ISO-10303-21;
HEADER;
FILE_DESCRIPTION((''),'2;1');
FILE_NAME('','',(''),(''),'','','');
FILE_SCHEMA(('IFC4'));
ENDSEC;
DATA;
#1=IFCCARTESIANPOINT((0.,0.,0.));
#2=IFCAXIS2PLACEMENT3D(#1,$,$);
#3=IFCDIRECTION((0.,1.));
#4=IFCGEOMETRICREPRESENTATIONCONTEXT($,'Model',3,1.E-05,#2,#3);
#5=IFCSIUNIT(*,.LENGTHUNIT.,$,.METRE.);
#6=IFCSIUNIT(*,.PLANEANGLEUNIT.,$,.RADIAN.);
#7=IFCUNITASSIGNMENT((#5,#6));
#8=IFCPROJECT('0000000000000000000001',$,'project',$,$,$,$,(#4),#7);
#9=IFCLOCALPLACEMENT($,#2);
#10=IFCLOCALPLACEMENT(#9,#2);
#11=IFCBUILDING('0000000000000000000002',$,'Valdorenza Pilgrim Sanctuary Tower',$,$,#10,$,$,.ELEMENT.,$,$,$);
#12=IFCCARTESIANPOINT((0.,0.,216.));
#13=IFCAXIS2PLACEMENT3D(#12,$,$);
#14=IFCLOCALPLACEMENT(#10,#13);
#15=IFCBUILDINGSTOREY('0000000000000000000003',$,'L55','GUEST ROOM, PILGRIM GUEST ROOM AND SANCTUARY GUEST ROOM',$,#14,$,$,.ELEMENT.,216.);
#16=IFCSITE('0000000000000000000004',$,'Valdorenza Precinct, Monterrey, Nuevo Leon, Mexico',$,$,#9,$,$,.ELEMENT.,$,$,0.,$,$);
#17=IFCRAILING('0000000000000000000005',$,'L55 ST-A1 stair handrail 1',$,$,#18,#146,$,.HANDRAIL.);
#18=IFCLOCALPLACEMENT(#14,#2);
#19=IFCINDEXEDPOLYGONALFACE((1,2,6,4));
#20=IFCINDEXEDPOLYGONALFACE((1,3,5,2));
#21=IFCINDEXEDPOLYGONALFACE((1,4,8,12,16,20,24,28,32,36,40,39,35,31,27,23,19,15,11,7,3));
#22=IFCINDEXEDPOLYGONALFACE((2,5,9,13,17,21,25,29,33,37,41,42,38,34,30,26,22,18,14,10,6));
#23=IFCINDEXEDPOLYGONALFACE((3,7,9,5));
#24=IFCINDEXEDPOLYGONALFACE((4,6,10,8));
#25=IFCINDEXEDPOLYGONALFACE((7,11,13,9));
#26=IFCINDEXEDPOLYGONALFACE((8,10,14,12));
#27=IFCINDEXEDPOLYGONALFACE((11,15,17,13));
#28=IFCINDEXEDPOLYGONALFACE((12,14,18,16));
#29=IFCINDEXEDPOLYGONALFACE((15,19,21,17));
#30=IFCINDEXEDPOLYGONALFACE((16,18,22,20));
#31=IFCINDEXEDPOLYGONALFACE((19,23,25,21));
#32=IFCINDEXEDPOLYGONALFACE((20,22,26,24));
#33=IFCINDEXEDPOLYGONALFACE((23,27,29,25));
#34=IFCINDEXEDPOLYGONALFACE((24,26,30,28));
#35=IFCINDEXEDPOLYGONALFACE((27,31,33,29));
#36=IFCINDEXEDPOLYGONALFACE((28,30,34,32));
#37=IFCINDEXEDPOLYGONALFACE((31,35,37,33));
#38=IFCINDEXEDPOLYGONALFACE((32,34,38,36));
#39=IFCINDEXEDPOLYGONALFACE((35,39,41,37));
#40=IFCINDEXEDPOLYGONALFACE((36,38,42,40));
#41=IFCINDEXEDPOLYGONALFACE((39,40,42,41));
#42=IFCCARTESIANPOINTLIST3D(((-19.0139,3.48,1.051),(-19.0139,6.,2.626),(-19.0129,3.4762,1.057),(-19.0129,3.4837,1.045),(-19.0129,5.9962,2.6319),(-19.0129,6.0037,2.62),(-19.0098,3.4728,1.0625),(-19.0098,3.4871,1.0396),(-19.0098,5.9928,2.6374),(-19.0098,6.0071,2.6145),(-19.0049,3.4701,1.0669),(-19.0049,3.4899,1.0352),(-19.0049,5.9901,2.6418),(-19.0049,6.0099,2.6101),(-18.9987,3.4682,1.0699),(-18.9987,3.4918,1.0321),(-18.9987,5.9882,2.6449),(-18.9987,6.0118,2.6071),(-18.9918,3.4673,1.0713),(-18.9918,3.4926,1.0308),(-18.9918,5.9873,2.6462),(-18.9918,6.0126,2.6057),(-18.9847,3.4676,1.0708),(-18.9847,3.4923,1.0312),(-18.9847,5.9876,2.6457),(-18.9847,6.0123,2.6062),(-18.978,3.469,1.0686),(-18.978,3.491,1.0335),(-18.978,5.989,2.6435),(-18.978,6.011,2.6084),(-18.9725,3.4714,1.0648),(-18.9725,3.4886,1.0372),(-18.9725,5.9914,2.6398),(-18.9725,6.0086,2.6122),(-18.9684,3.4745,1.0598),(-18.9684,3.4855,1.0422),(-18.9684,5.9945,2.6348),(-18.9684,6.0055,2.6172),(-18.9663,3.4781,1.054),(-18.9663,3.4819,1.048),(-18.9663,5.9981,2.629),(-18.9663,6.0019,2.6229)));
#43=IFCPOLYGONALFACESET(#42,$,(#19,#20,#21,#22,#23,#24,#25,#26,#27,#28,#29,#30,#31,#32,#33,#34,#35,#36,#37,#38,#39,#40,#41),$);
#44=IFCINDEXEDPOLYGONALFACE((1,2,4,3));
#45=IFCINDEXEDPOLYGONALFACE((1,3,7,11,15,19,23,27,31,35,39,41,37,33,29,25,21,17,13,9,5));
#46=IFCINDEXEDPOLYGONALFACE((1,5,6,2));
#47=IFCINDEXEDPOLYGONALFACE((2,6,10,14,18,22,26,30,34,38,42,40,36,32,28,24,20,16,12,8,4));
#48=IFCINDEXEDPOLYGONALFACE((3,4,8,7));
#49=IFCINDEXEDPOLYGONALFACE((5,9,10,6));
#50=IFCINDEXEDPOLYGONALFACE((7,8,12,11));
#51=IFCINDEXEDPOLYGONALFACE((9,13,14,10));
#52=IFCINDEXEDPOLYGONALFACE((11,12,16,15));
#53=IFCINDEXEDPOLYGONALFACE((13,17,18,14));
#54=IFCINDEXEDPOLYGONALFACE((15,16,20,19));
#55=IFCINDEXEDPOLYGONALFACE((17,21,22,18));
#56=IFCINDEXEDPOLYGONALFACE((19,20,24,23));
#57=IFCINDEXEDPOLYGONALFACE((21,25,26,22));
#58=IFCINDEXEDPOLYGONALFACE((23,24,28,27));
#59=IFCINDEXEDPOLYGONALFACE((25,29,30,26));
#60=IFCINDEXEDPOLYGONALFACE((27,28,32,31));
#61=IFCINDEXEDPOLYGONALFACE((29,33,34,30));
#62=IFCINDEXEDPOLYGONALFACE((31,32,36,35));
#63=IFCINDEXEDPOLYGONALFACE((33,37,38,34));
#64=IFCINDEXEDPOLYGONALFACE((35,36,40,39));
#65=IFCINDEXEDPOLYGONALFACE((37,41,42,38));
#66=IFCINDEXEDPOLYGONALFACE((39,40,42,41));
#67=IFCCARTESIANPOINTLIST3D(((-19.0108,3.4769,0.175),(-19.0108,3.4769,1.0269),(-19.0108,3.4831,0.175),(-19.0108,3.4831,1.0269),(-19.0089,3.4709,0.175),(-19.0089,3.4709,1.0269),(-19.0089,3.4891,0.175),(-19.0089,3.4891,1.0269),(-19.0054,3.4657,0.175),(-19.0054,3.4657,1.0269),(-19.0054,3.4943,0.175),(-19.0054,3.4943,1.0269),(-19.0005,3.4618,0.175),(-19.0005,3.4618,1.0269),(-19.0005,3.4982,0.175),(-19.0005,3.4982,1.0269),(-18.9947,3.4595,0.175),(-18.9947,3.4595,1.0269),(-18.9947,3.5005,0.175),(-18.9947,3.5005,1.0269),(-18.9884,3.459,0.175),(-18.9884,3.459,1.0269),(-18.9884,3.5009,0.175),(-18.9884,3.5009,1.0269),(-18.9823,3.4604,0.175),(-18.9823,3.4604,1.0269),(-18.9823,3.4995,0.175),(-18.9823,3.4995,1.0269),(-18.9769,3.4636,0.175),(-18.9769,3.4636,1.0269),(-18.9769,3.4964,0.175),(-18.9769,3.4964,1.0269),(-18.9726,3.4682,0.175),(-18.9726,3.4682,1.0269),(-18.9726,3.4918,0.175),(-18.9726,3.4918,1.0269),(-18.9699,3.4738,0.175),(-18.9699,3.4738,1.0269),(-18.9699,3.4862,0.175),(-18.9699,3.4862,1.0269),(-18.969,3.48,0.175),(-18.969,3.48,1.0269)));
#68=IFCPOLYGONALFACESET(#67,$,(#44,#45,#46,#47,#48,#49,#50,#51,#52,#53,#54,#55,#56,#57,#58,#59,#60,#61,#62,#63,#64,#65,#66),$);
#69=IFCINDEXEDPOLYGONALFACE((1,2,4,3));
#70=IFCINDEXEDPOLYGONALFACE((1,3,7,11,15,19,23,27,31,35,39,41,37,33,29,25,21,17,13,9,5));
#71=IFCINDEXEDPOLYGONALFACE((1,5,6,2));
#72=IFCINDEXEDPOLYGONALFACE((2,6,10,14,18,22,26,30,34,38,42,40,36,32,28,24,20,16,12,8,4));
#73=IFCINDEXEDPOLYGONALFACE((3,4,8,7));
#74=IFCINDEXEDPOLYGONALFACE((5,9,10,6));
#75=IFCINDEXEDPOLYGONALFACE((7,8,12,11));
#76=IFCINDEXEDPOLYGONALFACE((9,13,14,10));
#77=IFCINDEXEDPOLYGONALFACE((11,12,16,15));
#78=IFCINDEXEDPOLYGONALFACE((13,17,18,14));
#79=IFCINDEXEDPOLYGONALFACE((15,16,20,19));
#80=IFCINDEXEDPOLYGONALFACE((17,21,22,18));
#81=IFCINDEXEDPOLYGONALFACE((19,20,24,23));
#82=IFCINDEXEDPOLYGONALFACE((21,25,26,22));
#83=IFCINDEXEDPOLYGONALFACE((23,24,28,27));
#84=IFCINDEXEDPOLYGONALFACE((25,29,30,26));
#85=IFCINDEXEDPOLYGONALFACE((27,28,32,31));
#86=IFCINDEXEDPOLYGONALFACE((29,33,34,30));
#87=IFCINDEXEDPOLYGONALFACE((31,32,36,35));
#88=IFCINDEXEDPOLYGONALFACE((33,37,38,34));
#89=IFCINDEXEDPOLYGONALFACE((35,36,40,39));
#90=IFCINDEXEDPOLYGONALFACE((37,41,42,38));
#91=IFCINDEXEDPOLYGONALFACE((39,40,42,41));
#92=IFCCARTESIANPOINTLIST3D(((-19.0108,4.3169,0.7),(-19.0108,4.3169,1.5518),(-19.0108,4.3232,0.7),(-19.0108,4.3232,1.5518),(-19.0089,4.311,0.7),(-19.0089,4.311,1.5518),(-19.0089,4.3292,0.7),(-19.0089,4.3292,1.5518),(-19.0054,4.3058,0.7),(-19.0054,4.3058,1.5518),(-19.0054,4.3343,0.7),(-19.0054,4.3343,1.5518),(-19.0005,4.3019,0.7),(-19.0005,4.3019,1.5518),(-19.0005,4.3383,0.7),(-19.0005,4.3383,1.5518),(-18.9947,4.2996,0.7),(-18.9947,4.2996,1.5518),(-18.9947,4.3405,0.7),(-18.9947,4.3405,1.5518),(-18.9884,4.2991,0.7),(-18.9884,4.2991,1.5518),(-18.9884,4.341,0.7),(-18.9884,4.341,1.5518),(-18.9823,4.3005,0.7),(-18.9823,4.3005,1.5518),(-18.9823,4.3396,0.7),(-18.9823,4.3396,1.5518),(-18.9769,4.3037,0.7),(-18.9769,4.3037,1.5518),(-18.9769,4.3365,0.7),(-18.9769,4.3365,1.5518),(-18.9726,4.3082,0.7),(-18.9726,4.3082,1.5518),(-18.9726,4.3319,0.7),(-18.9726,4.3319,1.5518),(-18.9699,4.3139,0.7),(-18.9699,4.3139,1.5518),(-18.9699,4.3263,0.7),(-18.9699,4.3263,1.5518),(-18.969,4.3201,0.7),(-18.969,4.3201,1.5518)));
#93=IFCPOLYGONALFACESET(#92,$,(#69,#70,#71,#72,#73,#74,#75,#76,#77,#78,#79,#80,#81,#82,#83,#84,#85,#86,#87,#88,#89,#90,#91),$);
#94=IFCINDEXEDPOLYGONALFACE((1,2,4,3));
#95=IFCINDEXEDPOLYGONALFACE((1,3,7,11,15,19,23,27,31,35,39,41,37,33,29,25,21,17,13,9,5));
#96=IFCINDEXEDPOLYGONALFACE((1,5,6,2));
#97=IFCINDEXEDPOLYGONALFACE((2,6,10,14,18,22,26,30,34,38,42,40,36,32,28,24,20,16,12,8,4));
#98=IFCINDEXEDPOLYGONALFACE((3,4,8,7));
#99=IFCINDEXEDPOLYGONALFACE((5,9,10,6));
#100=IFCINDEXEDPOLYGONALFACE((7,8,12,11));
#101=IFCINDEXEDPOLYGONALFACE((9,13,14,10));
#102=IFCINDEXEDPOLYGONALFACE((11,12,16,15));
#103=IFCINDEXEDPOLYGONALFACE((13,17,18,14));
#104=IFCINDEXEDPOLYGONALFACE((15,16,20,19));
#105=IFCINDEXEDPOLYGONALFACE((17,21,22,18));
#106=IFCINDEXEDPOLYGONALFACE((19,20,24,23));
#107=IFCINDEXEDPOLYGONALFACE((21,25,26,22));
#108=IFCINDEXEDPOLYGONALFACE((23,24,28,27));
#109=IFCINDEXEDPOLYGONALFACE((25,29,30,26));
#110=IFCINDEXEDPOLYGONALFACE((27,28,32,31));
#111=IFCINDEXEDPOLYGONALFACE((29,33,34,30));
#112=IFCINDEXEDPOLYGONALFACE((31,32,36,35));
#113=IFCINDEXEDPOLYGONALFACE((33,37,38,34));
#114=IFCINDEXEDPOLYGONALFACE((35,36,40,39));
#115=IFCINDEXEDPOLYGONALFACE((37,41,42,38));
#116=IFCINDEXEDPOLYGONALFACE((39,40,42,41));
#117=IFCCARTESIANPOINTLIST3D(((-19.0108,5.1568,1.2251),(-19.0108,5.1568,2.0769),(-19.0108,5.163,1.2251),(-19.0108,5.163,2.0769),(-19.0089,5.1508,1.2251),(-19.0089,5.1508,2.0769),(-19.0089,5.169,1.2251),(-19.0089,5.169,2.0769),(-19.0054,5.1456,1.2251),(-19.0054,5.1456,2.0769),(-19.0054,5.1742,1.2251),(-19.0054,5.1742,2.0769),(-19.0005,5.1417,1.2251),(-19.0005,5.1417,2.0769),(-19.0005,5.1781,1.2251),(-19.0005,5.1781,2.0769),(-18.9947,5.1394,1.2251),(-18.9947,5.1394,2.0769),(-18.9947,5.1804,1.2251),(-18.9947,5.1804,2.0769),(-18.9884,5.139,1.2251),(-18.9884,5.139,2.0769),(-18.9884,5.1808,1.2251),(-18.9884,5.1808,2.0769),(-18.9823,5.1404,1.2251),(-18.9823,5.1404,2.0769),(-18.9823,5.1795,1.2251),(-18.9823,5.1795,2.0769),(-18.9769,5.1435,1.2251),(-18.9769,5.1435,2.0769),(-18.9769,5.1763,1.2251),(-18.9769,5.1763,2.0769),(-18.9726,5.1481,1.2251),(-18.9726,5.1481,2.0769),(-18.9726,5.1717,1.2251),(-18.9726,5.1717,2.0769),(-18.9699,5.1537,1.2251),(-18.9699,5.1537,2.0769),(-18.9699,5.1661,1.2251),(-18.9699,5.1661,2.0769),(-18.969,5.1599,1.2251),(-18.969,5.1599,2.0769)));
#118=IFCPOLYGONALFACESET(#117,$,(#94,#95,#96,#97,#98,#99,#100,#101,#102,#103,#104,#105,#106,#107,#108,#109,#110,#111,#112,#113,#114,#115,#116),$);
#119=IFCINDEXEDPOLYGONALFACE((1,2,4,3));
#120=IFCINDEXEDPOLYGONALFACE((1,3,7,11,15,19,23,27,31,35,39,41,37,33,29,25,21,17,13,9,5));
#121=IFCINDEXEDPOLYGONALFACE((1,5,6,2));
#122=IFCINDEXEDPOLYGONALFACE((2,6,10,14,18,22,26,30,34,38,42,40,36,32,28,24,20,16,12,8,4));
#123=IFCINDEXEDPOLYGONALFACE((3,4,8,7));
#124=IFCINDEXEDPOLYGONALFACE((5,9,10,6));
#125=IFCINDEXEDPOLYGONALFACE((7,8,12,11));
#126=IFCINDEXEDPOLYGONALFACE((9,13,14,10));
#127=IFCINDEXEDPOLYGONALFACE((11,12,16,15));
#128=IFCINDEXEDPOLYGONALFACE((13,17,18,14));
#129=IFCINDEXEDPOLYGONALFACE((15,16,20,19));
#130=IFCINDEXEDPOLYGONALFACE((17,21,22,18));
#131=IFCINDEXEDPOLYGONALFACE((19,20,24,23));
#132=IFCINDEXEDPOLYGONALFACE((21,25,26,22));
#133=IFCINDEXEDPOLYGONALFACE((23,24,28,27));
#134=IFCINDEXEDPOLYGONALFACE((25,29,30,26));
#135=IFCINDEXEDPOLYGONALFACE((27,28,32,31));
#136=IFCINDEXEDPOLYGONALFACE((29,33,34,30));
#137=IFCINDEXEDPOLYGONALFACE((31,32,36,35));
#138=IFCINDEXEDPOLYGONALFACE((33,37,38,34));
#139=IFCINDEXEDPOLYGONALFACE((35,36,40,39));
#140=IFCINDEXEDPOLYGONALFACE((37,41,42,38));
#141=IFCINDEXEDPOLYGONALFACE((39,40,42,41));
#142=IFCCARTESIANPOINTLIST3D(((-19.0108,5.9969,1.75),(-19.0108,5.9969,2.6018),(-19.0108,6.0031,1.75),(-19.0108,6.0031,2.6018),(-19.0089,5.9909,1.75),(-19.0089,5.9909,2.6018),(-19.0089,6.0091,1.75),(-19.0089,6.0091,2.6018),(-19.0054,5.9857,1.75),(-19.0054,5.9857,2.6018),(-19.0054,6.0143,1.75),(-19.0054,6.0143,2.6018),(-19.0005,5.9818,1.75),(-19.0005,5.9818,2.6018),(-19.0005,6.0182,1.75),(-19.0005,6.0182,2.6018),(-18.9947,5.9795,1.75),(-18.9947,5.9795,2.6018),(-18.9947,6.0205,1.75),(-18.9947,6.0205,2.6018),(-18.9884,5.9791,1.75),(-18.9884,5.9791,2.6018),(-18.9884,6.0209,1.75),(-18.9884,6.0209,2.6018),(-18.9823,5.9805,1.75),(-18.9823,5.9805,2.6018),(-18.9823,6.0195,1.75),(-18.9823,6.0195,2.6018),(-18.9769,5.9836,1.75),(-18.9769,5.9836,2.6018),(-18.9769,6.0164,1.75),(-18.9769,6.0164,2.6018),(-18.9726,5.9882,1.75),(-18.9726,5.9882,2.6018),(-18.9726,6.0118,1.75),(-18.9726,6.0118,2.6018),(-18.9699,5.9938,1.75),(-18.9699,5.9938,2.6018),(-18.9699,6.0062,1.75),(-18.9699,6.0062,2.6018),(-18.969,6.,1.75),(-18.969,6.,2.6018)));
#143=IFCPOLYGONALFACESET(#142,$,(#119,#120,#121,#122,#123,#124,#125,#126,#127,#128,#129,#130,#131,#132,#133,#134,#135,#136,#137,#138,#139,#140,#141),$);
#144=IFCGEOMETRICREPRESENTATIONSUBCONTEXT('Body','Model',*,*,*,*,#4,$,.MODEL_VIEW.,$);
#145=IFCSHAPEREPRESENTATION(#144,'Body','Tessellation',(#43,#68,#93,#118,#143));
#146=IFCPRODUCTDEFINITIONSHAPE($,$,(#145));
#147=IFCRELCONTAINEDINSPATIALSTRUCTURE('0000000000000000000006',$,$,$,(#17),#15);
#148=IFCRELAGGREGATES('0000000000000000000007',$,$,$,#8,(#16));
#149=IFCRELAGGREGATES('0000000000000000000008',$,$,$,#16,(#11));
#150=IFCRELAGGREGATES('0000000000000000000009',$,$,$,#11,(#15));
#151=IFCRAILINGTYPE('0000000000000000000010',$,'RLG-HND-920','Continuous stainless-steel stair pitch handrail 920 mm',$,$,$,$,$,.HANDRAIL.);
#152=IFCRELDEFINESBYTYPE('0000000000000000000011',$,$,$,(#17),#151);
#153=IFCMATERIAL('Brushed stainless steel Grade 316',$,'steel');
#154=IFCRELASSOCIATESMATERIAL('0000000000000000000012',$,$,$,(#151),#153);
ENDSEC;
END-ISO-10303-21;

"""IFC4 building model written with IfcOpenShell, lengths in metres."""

from ifc_helpers import new_model, si_unit, direction, frame, origin, origin_2d, place, context, subcontext, project, spatial, circle, extrude, material, type_object, element, save


model = new_model("IFC4")

# Units and contexts
model_context = context("Model", 3, precision=1e-05, world=origin(), true_north=direction((0.0, 1.0)))
body_context = subcontext(model_context, "Body", "Model", "MODEL_VIEW")
ifc_project = project(units=[si_unit("LENGTHUNIT", "METRE"), si_unit("PLANEANGLEUNIT", "RADIAN")], contexts=[model_context])

# Site, building, storey
site_placement = place(None, origin())
site = spatial("IfcSite", under=ifc_project, at=site_placement, Name="Valdorenza Precinct, Monterrey, Nuevo Leon, Mexico", CompositionType="ELEMENT", RefElevation=0.0)
building_placement = place(site_placement, origin())
building = spatial("IfcBuilding", under=site, at=building_placement, Name="Valdorenza Pilgrim Sanctuary Tower", CompositionType="ELEMENT")
storey_placement = place(building_placement, frame((0.0, 0.0, 216.0)))
storey = spatial("IfcBuildingStorey", under=building, at=storey_placement, Name="L55", Description="GUEST ROOM, PILGRIM GUEST ROOM AND SANCTUARY GUEST ROOM", CompositionType="ELEMENT", Elevation=216.0)

# Shared definitions
ifc_material_1 = material(Name="Brushed stainless steel Grade 316", Category="steel")

# Railing
railing_type_1 = type_object("IfcRailingType", Name="RLG-HND-920", Description="Continuous stainless-steel stair pitch handrail 920 mm", PredefinedType="HANDRAIL", material=ifc_material_1)
railing_1_placement = place(storey_placement, frame((-18.99, 3.48, 0.175)))
element("IfcRailing", 1, at=railing_1_placement, inside=storey, type_object=railing_type_1, Name="L55 ST-A1 stair handrail 1", PredefinedType="HANDRAIL", context=body_context, shape_type="SweptSolid", body=[
    extrude(circle(Radius=0.0239, at=origin_2d()), frame((0.0, 0.0, 0.876), z_axis=(0.0, 0.848008, 0.529984), x_axis=(-1.0, 0.0, 0.0)), (0.0, 0.0, 1.0), 2.9717),
    extrude(circle(Radius=0.021, at=origin_2d()), origin(), (0.0, 0.0, 1.0), 0.8518),
    extrude(circle(Radius=0.021, at=origin_2d()), frame((0.0, 0.8401, 0.5249)), (0.0, 0.0, 1.0), 0.8518),
    extrude(circle(Radius=0.021, at=origin_2d()), frame((0.0, 1.6799, 1.05)), (0.0, 0.0, 1.0), 0.8518),
    extrude(circle(Radius=0.021, at=origin_2d()), frame((0.0, 2.52, 1.575)), (0.0, 0.0, 1.0), 0.8518),
])

save(model, "model.ifc")
